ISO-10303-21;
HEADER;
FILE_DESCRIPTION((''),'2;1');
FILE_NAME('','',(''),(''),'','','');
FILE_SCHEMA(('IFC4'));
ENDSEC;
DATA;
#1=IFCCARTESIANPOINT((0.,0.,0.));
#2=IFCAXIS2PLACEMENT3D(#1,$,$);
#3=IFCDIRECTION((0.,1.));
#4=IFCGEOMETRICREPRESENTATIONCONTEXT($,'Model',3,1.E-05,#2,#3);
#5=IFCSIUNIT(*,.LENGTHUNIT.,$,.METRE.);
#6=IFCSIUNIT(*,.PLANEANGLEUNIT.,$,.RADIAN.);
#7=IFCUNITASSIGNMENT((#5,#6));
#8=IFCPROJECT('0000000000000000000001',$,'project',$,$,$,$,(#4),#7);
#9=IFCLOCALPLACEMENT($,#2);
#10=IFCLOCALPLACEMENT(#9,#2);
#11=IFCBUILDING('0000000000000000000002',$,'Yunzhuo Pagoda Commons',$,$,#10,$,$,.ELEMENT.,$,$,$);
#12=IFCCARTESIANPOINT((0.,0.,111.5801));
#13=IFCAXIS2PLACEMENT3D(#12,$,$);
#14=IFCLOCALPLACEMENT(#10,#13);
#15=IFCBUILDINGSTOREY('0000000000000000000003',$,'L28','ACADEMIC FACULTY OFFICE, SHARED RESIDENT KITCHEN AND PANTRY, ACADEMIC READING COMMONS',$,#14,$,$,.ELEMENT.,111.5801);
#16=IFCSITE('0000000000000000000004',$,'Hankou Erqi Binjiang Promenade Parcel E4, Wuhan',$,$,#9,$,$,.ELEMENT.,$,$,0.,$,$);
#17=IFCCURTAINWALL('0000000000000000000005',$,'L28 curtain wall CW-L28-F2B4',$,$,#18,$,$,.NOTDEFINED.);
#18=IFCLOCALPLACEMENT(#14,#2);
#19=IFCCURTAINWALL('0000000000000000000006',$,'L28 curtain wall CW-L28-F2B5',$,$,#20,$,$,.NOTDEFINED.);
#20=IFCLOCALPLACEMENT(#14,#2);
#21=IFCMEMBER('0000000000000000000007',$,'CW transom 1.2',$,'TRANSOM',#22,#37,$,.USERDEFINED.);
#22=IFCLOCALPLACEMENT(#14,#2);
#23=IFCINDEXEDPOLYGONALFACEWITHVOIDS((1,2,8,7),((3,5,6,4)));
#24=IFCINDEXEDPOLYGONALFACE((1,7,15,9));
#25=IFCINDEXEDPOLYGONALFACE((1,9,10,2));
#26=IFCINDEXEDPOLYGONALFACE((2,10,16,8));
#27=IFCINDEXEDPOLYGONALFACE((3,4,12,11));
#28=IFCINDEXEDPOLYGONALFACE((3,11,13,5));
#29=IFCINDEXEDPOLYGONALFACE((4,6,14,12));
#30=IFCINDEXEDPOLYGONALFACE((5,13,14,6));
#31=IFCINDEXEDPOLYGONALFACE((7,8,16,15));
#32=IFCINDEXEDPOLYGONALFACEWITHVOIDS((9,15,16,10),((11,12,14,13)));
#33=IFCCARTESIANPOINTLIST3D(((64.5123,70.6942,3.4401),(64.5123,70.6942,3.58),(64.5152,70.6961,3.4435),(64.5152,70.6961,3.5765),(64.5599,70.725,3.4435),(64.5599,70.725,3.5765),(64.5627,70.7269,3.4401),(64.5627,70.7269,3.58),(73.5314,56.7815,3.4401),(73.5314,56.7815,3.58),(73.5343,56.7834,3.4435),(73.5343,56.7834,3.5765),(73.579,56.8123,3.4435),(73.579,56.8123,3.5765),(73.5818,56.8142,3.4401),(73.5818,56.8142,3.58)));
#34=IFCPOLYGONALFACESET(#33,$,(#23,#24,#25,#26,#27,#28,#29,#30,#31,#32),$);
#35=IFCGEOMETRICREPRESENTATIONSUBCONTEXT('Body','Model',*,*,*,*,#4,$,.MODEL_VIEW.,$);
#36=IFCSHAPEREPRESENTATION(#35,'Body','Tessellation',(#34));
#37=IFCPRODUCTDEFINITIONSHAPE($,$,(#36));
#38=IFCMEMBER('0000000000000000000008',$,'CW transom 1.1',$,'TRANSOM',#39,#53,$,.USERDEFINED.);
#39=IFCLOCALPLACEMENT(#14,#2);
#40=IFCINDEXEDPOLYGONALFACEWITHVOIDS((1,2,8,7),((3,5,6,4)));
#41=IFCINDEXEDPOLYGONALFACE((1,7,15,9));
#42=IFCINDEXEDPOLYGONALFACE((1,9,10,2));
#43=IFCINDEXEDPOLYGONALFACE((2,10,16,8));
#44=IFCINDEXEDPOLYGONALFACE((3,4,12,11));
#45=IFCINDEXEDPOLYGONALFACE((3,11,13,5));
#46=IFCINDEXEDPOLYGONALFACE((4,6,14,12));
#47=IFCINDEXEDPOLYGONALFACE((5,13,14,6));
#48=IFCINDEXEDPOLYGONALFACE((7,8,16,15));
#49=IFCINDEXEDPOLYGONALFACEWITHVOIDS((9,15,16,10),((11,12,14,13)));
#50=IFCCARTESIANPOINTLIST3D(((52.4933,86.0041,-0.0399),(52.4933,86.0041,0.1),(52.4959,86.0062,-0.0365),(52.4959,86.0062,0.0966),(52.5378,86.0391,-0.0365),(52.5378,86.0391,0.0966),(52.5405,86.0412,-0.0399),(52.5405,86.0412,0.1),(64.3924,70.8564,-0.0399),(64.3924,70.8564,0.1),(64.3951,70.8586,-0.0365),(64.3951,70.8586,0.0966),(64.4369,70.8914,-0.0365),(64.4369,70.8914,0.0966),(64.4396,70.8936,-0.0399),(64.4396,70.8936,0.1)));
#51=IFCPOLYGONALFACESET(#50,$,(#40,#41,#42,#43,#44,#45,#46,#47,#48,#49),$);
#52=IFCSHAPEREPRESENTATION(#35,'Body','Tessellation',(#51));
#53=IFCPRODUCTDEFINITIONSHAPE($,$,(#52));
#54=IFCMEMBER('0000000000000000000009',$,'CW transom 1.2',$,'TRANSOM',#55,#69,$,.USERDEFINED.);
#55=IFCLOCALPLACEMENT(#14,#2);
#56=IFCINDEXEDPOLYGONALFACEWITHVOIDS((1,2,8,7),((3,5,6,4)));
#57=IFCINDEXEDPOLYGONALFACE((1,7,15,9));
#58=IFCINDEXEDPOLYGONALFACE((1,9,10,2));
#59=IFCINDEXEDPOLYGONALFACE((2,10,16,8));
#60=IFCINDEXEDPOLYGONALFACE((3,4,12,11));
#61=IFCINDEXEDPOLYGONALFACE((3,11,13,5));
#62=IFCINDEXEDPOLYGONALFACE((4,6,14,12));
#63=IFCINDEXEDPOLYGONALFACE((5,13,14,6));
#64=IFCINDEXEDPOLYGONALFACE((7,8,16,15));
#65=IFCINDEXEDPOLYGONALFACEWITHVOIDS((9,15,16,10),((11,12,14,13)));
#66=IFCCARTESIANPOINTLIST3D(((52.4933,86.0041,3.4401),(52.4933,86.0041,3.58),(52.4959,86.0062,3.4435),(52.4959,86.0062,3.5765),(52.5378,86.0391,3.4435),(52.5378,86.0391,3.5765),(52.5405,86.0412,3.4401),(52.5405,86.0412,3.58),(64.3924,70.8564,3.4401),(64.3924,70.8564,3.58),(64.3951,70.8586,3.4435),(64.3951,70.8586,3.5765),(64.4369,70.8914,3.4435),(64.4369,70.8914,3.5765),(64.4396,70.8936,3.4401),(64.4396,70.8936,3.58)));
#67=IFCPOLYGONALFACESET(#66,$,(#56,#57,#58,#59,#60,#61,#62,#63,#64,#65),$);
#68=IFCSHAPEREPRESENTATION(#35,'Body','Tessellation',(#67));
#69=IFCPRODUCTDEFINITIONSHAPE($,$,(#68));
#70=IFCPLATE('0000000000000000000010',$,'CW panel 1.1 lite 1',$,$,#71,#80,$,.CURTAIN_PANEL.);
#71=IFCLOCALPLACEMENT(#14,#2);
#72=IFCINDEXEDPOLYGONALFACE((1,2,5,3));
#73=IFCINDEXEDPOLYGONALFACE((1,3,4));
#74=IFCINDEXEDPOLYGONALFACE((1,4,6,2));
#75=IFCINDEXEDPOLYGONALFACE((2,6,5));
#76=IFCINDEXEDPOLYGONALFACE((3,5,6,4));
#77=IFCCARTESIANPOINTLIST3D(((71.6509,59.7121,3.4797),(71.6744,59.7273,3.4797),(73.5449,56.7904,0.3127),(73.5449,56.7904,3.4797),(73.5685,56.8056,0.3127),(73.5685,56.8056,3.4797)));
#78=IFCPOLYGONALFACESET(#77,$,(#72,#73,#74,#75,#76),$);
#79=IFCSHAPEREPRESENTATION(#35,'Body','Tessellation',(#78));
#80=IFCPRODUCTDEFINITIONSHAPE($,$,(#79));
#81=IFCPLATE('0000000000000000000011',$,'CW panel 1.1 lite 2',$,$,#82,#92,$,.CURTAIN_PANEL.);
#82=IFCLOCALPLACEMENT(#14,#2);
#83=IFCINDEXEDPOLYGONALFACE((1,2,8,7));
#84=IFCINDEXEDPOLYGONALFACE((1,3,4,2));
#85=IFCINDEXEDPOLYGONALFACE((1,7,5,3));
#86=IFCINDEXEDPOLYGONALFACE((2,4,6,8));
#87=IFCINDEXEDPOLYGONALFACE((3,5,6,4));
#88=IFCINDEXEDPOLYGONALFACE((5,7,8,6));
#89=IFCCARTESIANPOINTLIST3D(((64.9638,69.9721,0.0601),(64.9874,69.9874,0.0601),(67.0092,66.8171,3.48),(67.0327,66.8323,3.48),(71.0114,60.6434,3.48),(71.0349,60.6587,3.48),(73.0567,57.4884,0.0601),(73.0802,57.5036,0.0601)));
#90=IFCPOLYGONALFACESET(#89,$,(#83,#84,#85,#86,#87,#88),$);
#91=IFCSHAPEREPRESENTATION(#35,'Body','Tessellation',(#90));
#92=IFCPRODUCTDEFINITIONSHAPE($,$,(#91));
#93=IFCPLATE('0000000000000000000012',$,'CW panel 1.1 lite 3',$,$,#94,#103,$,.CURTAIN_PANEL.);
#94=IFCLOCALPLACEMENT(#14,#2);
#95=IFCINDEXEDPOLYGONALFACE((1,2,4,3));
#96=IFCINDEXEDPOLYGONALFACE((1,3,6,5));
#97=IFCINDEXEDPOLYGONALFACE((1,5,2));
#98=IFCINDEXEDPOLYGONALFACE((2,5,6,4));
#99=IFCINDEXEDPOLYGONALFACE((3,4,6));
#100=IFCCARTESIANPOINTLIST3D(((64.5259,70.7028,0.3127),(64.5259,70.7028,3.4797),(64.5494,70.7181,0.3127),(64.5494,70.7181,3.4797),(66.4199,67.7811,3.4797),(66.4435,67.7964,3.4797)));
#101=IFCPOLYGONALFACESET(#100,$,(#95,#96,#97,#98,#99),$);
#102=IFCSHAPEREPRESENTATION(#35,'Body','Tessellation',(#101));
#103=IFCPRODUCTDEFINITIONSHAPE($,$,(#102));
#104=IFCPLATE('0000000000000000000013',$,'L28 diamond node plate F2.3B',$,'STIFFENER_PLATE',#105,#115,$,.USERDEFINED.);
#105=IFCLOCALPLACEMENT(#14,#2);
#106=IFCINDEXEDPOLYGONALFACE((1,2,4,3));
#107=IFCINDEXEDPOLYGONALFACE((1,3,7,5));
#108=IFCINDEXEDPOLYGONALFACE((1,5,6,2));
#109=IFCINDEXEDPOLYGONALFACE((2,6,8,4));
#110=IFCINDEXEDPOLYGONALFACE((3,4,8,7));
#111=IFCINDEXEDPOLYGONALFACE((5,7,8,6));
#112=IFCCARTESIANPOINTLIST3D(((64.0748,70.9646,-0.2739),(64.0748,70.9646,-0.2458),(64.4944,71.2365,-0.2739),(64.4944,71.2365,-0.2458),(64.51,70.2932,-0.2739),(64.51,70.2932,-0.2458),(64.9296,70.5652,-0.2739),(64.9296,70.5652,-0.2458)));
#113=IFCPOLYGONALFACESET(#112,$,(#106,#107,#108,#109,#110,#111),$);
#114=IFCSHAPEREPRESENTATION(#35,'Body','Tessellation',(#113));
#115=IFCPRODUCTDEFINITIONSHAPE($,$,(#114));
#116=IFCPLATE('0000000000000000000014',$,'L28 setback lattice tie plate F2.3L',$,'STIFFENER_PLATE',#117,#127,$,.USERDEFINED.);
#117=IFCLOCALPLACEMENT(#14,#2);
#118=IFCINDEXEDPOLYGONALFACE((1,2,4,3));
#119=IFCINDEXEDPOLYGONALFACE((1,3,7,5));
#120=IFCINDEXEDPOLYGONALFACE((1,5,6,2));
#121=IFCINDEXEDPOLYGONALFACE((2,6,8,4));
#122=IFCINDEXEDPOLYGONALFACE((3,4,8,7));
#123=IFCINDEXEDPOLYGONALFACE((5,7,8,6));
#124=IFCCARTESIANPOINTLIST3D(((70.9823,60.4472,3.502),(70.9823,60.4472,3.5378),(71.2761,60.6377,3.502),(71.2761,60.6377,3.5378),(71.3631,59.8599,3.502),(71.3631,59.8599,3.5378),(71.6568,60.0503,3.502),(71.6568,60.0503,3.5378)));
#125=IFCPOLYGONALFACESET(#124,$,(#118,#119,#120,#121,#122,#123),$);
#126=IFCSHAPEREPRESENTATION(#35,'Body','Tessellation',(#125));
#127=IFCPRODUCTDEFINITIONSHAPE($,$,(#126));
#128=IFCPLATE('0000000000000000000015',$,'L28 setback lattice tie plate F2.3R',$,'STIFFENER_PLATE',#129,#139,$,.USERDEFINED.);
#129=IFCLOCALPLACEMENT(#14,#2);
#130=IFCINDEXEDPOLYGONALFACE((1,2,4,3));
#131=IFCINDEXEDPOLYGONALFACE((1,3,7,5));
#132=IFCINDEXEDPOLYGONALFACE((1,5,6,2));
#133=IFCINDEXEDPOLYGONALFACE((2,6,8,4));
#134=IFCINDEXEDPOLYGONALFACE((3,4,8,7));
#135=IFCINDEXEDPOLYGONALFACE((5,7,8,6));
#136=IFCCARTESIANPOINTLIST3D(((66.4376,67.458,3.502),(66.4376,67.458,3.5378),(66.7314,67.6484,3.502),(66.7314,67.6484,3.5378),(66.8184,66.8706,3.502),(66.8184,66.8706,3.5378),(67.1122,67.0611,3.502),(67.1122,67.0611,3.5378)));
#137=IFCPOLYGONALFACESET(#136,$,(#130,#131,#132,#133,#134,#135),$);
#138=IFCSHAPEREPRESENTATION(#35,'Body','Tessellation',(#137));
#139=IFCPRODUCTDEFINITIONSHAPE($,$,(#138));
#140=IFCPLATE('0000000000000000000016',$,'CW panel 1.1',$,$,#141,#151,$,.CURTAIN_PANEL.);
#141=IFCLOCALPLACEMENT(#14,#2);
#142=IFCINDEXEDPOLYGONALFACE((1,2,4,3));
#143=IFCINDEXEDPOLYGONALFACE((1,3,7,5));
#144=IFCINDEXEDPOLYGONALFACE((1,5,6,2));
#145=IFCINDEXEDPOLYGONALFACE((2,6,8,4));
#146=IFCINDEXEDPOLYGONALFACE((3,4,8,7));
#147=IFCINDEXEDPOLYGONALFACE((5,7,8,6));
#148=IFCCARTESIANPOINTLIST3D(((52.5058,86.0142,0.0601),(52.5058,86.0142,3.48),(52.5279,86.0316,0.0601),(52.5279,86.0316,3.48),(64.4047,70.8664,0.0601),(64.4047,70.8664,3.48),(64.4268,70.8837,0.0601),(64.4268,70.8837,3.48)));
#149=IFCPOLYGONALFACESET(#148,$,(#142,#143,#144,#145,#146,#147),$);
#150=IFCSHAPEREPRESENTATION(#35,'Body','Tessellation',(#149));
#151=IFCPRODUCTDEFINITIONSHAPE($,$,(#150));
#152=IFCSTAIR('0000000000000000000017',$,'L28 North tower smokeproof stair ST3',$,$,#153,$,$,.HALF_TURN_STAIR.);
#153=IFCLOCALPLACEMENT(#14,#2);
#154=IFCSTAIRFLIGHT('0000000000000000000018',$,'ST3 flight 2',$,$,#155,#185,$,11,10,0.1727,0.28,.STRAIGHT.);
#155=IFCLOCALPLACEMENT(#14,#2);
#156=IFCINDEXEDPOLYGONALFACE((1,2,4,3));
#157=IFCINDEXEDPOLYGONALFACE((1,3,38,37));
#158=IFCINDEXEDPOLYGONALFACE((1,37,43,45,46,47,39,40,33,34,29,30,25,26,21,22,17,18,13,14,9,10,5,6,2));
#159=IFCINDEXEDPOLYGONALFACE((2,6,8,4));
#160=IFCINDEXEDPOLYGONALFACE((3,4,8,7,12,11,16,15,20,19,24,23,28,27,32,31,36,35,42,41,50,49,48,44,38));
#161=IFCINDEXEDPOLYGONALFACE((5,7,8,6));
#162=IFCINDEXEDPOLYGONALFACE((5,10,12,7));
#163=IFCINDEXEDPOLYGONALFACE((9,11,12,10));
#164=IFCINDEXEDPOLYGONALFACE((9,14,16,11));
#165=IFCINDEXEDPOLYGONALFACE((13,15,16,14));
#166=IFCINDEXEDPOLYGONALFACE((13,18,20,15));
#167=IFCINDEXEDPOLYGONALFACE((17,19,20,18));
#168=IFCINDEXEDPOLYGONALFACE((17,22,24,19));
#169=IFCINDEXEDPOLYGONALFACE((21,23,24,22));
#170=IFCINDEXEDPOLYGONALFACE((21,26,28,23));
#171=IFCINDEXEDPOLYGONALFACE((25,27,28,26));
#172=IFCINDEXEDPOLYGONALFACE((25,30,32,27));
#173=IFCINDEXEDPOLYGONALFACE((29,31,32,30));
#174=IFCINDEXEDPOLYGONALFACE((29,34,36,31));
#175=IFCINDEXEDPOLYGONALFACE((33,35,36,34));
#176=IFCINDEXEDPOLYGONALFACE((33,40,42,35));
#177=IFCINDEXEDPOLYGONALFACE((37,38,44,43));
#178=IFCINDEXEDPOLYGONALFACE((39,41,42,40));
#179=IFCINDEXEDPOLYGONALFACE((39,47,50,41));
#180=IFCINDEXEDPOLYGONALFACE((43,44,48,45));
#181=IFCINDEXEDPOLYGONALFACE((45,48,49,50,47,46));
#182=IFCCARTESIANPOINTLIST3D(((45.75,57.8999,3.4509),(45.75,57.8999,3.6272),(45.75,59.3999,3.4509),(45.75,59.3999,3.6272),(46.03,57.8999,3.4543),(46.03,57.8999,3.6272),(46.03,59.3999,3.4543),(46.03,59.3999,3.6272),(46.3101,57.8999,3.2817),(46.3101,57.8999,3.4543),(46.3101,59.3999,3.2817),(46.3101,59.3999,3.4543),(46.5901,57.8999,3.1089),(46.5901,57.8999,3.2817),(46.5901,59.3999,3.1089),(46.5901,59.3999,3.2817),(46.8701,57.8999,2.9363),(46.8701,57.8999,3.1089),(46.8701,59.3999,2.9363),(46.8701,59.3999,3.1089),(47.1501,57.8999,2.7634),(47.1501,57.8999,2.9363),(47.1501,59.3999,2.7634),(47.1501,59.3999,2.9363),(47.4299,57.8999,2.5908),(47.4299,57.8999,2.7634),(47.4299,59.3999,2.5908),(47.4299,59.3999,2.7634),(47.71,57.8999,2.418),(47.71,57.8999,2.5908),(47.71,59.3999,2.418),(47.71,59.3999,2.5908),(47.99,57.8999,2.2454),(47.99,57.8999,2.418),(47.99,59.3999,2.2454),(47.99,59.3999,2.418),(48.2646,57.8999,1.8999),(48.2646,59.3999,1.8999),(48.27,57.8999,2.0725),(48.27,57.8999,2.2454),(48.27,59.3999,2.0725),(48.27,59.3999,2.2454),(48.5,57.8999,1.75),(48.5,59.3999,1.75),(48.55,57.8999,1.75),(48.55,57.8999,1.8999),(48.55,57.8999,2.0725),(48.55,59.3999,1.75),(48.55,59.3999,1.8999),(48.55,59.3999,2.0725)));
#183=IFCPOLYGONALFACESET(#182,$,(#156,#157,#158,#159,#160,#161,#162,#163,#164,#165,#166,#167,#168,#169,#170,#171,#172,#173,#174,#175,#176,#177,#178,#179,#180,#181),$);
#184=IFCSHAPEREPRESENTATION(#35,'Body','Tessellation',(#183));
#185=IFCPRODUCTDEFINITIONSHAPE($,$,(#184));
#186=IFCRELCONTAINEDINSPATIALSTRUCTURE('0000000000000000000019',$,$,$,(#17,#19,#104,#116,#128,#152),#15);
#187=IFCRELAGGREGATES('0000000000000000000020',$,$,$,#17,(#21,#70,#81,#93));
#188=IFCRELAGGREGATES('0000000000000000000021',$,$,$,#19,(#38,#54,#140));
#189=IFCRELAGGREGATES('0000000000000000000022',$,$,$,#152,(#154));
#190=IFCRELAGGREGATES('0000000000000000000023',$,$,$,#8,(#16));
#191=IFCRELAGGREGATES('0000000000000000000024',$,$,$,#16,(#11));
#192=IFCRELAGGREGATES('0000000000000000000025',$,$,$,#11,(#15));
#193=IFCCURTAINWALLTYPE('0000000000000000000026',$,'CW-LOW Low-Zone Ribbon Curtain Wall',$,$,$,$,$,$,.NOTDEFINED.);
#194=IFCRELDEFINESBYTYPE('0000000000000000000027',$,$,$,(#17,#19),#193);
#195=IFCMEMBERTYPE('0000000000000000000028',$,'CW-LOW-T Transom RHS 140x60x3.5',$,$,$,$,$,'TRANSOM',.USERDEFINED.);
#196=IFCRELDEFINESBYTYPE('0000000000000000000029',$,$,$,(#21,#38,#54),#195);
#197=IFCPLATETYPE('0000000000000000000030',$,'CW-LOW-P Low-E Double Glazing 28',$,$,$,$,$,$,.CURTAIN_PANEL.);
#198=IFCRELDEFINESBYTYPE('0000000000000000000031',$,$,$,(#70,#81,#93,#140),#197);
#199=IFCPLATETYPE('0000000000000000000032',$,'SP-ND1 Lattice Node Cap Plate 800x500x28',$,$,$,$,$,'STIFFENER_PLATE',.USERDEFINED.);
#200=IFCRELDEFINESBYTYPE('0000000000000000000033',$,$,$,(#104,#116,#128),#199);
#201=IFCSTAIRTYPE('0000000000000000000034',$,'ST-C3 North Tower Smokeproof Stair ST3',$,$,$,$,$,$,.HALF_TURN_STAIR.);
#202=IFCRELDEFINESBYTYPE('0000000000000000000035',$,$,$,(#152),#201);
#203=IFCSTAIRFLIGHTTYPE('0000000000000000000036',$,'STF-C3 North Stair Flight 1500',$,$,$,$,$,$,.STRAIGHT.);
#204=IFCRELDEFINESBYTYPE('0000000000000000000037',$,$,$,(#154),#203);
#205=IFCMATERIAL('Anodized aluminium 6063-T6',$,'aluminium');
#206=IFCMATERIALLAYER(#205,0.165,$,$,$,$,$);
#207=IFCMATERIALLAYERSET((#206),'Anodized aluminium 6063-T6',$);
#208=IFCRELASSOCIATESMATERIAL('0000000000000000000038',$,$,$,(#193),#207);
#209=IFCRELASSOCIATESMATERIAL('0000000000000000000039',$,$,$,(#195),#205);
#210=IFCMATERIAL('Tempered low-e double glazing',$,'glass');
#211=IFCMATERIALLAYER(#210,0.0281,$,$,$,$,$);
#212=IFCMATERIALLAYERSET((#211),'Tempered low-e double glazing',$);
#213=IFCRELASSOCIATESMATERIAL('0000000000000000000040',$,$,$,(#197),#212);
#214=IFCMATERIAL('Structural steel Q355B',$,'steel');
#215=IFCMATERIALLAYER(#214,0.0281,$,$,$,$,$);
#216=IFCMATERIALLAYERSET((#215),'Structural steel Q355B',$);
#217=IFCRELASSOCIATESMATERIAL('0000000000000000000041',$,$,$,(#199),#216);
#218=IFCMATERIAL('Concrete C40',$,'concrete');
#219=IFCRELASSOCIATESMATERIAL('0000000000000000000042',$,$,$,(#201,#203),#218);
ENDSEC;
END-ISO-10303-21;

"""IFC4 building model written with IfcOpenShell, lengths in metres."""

from ifc_helpers import new_model, si_unit, direction, frame, origin, origin_2d, place, context, subcontext, project, spatial, polyline, rectangle, hollow_rectangle, outline, extrude, source, transform, mapped, material, layer, layer_set, material_profile, profile_set, type_object, element, aggregate, save


model = new_model("IFC4")

# Units and contexts
model_context = context("Model", 3, precision=1e-05, world=origin(), true_north=direction((0.0, 1.0)))
body_context = subcontext(model_context, "Body", "Model", "MODEL_VIEW")
ifc_project = project(units=[si_unit("LENGTHUNIT", "METRE"), si_unit("PLANEANGLEUNIT", "RADIAN")], contexts=[model_context])

# Site, building, storey
site_placement = place(None, origin())
site = spatial("IfcSite", under=ifc_project, at=site_placement, Name="Hankou Erqi Binjiang Promenade Parcel E4, Wuhan", CompositionType="ELEMENT", RefElevation=0.0)
building_placement = place(site_placement, origin())
building = spatial("IfcBuilding", under=site, at=building_placement, Name="Yunzhuo Pagoda Commons", CompositionType="ELEMENT")
storey_placement = place(building_placement, frame((0.0, 0.0, 111.5801)))
storey = spatial("IfcBuildingStorey", under=building, at=storey_placement, Name="L28", Description="ACADEMIC FACULTY OFFICE, SHARED RESIDENT KITCHEN AND PANTRY, ACADEMIC READING COMMONS", CompositionType="ELEMENT", Elevation=111.5801)

# Shared definitions
ifc_material_1 = material(Name="Structural steel Q355B", Category="steel")

# Curtain wall
ifc_material_2 = material(Name="Anodized aluminium 6063-T6", Category="aluminium")
ifc_layer_1 = layer(ifc_material_2, 0.165)
ifc_layer_set_1 = layer_set([ifc_layer_1], Name="Anodized aluminium 6063-T6")
curtain_wall_type = type_object("IfcCurtainWallType", Name="CW-LOW Low-Zone Ribbon Curtain Wall", PredefinedType="NOTDEFINED", material=ifc_layer_set_1)
curtain_wall_1_placement = place(storey_placement, origin())
curtain_wall_1 = element("IfcCurtainWall", 1, at=curtain_wall_1_placement, inside=storey, type_object=curtain_wall_type, Name="L28 curtain wall CW-L28-F2B4", PredefinedType="NOTDEFINED")

# Curtain wall
curtain_wall_2_placement = place(storey_placement, origin())
curtain_wall_2 = element("IfcCurtainWall", 2, at=curtain_wall_2_placement, inside=storey, type_object=curtain_wall_type, Name="L28 curtain wall CW-L28-F2B5", PredefinedType="NOTDEFINED")

# Members
ifc_material_profile_1 = material_profile(ifc_material_2, hollow_rectangle(XDim=0.0601, YDim=0.1399, WallThickness=0.0034, at=origin_2d()), Name="Anodized aluminium 6063-T6")
ifc_profile_set_1 = profile_set([ifc_material_profile_1], Name="Anodized aluminium 6063-T6")
member_type_1 = type_object("IfcMemberType", Name="CW-LOW-T Transom RHS 140x60x3.5", ElementType="TRANSOM", PredefinedType="USERDEFINED", material=ifc_profile_set_1)
shared_shape_1 = source(origin(), body_context, "Body", "SweptSolid", [
    extrude(hollow_rectangle(XDim=0.0601, YDim=0.1399, WallThickness=0.0034, at=origin_2d()), origin(), (0.0, 0.0, 1.0), 16.5803),
])
member_1_placement = place(storey_placement, frame((73.5566, 56.7979, 3.51), z_axis=(-0.543964, 0.839108, 0.0), x_axis=(-0.839108, -0.543964, 0.0)))
member_1 = element("IfcMember", 3, at=member_1_placement, type_object=member_type_1, Name="CW transom 1.2", ObjectType="TRANSOM", PredefinedType="USERDEFINED", context=body_context, shape_type="MappedRepresentation", body=[
    mapped(shared_shape_1, transform((0.0, 0.0, 0.0), scale=1.0)),
])
shared_shape_2 = source(origin(), body_context, "Body", "SweptSolid", [
    extrude(hollow_rectangle(XDim=0.0601, YDim=0.1399, WallThickness=0.0034, at=origin_2d()), origin(), (0.0, 0.0, 1.0), 19.2625),
])
member_2_placement = place(storey_placement, frame((64.416, 70.875, 0.03), z_axis=(-0.617738, 0.786384, 0.0), x_axis=(-0.786384, -0.617738, 0.0)))
member_2 = element("IfcMember", 4, at=member_2_placement, type_object=member_type_1, Name="CW transom 1.1", ObjectType="TRANSOM", PredefinedType="USERDEFINED", context=body_context, shape_type="MappedRepresentation", body=[
    mapped(shared_shape_2, transform((0.0, 0.0, 0.0), scale=1.0)),
])
member_3_placement = place(storey_placement, frame((64.416, 70.875, 3.51), z_axis=(-0.617738, 0.786384, 0.0), x_axis=(-0.786384, -0.617738, 0.0)))
member_3 = element("IfcMember", 5, at=member_3_placement, type_object=member_type_1, Name="CW transom 1.2", ObjectType="TRANSOM", PredefinedType="USERDEFINED", context=body_context, shape_type="MappedRepresentation", body=[
    mapped(shared_shape_2, transform((0.0, 0.0, 0.0), scale=1.0)),
])

# Plates
ifc_material_3 = material(Name="Tempered low-e double glazing", Category="glass")
ifc_layer_2 = layer(ifc_material_3, 0.0281)
ifc_layer_set_2 = layer_set([ifc_layer_2], Name="Tempered low-e double glazing")
plate_type_1 = type_object("IfcPlateType", Name="CW-LOW-P Low-E Double Glazing 28", PredefinedType="CURTAIN_PANEL", material=ifc_layer_set_2)
plate_1_placement = place(storey_placement, frame((72.5979, 58.2512, 1.8962), z_axis=(0.839106, 0.543968, 0.0), x_axis=(-0.543968, 0.839106, 0.0)))
plate_1 = element("IfcPlate", 6, at=plate_1_placement, type_object=plate_type_1, Name="CW panel 1.1 lite 1", PredefinedType="CURTAIN_PANEL", context=body_context, shape_type="SweptSolid", body=[
    extrude(outline(polyline([(-1.741, -1.5835), (1.741, 1.5835), (-1.741, 1.5835), (-1.741, -1.5835)])), origin(), (0.0, 0.0, 1.0), 0.0281),
])
plate_2_placement = place(storey_placement, frame((69.0103, 63.7302, 1.77), z_axis=(0.839106, 0.543968, 0.0), x_axis=(-0.543968, 0.839106, 0.0)))
plate_2 = element("IfcPlate", 7, at=plate_2_placement, type_object=plate_type_1, Name="CW panel 1.1 lite 2", PredefinedType="CURTAIN_PANEL", context=body_context, shape_type="SweptSolid", body=[
    extrude(outline(polyline([(-7.4387, -1.71), (7.4387, -1.71), (3.6787, 1.71), (-3.6787, 1.71), (-7.4387, -1.71)])), origin(), (0.0, 0.0, 1.0), 0.0281),
])
plate_3_placement = place(storey_placement, frame((65.4729, 69.2419, 1.8962), z_axis=(0.839106, 0.543968, 0.0), x_axis=(-0.543968, 0.839106, 0.0)))
plate_3 = element("IfcPlate", 8, at=plate_3_placement, type_object=plate_type_1, Name="CW panel 1.1 lite 3", PredefinedType="CURTAIN_PANEL", context=body_context, shape_type="SweptSolid", body=[
    extrude(outline(polyline([(-1.741, 1.5835), (1.741, -1.5835), (1.741, 1.5835), (-1.741, 1.5835)])), origin(), (0.0, 0.0, 1.0), 0.0281),
])
aggregate(curtain_wall_1, [member_1, plate_1, plate_2, plate_3])

# Plates
ifc_layer_3 = layer(ifc_material_1, 0.0281)
ifc_layer_set_3 = layer_set([ifc_layer_3], Name="Structural steel Q355B")
plate_type_2 = type_object("IfcPlateType", Name="SP-ND1 Lattice Node Cap Plate 800x500x28", ElementType="STIFFENER_PLATE", PredefinedType="USERDEFINED", material=ifc_layer_set_3)
shared_shape_3 = source(origin(), body_context, "Body", "SweptSolid", [
    extrude(rectangle(XDim=0.8, YDim=0.5, at=origin_2d()), origin(), (0.0, 0.0, 1.0), 0.0281),
])
plate_4_placement = place(storey_placement, frame((64.5022, 70.7649, -0.2739), z_axis=(0.0, 0.0, 1.0), x_axis=(-0.543966, 0.839108, 0.0)))
element("IfcPlate", 9, at=plate_4_placement, inside=storey, type_object=plate_type_2, Name="L28 diamond node plate F2.3B", ObjectType="STIFFENER_PLATE", PredefinedType="USERDEFINED", context=body_context, shape_type="MappedRepresentation", body=[
    mapped(shared_shape_3, transform((0.0, 0.0, 0.0), scale=1.0)),
])
shared_shape_4 = source(origin(), body_context, "Body", "SweptSolid", [
    extrude(rectangle(XDim=0.7, YDim=0.3501, at=origin_2d()), origin(), (0.0, 0.0, 1.0), 0.0359),
])
for number, where, z_axis, x_axis, name in (
    (10, (71.3196, 60.2488, 3.502), (0.0, 0.0, 1.0), (-0.543966, 0.839108, 0.0), "L28 setback lattice tie plate F2.3L"),
    (11, (66.7749, 67.2595, 3.502), (0.0, 0.0, 1.0), (-0.543966, 0.839108, 0.0), "L28 setback lattice tie plate F2.3R"),
):
    element("IfcPlate", number, at=place(storey_placement, frame(where, z_axis=z_axis, x_axis=x_axis)), inside=storey, type_object=plate_type_2, Name=name, ObjectType="STIFFENER_PLATE", PredefinedType="USERDEFINED", context=body_context, shape_type="MappedRepresentation", body=[
        mapped(shared_shape_4, transform((0.0, 0.0, 0.0), scale=1.0)),
    ])

# Plate
shared_shape_5 = source(origin(), body_context, "Body", "SweptSolid", [
    extrude(rectangle(XDim=19.2625, YDim=0.0281, at=origin_2d()), origin(), (0.0, 0.0, 1.0), 3.4199),
])
plate_5_placement = place(storey_placement, frame((58.4663, 78.449, 0.0601), z_axis=(0.0, 0.0, 1.0), x_axis=(-0.617728, 0.786392, 0.0)))
plate_5 = element("IfcPlate", 12, at=plate_5_placement, type_object=plate_type_1, Name="CW panel 1.1", PredefinedType="CURTAIN_PANEL", context=body_context, shape_type="MappedRepresentation", body=[
    mapped(shared_shape_5, transform((0.0, 0.0, 0.0), scale=1.0)),
])
aggregate(curtain_wall_2, [member_2, member_3, plate_5])

# Stair, stair flight
ifc_material_4 = material(Name="Concrete C40", Category="concrete")
stair_type = type_object("IfcStairType", Name="ST-C3 North Tower Smokeproof Stair ST3", PredefinedType="HALF_TURN_STAIR", material=ifc_material_4)
stair_placement = place(storey_placement, origin())
stair = element("IfcStair", 13, at=stair_placement, inside=storey, type_object=stair_type, Name="L28 North tower smokeproof stair ST3", PredefinedType="HALF_TURN_STAIR")
stair_flight_type = type_object("IfcStairFlightType", Name="STF-C3 North Stair Flight 1500", PredefinedType="STRAIGHT", material=ifc_material_4)
shared_shape_6 = source(origin(), body_context, "Body", "SweptSolid", [
    extrude(outline(polyline([(0.0, -0.1499), (0.0, 0.0), (0.0, 0.1726), (0.28, 0.1726), (0.28, 0.3455), (0.5601, 0.3455), (0.5601, 0.5181), (0.8401, 0.5181), (0.8401, 0.6909), (1.1201, 0.6909), (1.1201, 0.8635), (1.3999, 0.8635), (1.3999, 1.0364), (1.6799, 1.0364), (1.6799, 1.209), (1.96, 1.209), (1.96, 1.3818), (2.24, 1.3818), (2.24, 1.5544), (2.52, 1.5544), (2.52, 1.7273), (2.8, 1.7273), (2.8, 1.8999), (2.8, 1.551), (0.2854, 0.0), (0.05, -0.1499), (0.0, -0.1499)])), frame((0.0, 0.75, 0.0), z_axis=(0.0, -1.0, 0.0), x_axis=(1.0, 0.0, 0.0)), (0.0, 0.0, 1.0), 1.5),
])
stair_flight_placement = place(storey_placement, frame((48.55, 58.6499, 1.8999), z_axis=(0.0, 0.0, 1.0), x_axis=(-1.0, 0.0, 0.0)))
stair_flight = element("IfcStairFlight", 14, at=stair_flight_placement, type_object=stair_flight_type, Name="ST3 flight 2", NumberOfRisers=11, NumberOfTreads=10, PredefinedType="STRAIGHT", RiserHeight=0.1727, TreadLength=0.28, context=body_context, shape_type="MappedRepresentation", body=[
    mapped(shared_shape_6, transform((0.0, 0.0, 0.0), scale=1.0)),
])
aggregate(stair, [stair_flight])

save(model, "model.ifc")
